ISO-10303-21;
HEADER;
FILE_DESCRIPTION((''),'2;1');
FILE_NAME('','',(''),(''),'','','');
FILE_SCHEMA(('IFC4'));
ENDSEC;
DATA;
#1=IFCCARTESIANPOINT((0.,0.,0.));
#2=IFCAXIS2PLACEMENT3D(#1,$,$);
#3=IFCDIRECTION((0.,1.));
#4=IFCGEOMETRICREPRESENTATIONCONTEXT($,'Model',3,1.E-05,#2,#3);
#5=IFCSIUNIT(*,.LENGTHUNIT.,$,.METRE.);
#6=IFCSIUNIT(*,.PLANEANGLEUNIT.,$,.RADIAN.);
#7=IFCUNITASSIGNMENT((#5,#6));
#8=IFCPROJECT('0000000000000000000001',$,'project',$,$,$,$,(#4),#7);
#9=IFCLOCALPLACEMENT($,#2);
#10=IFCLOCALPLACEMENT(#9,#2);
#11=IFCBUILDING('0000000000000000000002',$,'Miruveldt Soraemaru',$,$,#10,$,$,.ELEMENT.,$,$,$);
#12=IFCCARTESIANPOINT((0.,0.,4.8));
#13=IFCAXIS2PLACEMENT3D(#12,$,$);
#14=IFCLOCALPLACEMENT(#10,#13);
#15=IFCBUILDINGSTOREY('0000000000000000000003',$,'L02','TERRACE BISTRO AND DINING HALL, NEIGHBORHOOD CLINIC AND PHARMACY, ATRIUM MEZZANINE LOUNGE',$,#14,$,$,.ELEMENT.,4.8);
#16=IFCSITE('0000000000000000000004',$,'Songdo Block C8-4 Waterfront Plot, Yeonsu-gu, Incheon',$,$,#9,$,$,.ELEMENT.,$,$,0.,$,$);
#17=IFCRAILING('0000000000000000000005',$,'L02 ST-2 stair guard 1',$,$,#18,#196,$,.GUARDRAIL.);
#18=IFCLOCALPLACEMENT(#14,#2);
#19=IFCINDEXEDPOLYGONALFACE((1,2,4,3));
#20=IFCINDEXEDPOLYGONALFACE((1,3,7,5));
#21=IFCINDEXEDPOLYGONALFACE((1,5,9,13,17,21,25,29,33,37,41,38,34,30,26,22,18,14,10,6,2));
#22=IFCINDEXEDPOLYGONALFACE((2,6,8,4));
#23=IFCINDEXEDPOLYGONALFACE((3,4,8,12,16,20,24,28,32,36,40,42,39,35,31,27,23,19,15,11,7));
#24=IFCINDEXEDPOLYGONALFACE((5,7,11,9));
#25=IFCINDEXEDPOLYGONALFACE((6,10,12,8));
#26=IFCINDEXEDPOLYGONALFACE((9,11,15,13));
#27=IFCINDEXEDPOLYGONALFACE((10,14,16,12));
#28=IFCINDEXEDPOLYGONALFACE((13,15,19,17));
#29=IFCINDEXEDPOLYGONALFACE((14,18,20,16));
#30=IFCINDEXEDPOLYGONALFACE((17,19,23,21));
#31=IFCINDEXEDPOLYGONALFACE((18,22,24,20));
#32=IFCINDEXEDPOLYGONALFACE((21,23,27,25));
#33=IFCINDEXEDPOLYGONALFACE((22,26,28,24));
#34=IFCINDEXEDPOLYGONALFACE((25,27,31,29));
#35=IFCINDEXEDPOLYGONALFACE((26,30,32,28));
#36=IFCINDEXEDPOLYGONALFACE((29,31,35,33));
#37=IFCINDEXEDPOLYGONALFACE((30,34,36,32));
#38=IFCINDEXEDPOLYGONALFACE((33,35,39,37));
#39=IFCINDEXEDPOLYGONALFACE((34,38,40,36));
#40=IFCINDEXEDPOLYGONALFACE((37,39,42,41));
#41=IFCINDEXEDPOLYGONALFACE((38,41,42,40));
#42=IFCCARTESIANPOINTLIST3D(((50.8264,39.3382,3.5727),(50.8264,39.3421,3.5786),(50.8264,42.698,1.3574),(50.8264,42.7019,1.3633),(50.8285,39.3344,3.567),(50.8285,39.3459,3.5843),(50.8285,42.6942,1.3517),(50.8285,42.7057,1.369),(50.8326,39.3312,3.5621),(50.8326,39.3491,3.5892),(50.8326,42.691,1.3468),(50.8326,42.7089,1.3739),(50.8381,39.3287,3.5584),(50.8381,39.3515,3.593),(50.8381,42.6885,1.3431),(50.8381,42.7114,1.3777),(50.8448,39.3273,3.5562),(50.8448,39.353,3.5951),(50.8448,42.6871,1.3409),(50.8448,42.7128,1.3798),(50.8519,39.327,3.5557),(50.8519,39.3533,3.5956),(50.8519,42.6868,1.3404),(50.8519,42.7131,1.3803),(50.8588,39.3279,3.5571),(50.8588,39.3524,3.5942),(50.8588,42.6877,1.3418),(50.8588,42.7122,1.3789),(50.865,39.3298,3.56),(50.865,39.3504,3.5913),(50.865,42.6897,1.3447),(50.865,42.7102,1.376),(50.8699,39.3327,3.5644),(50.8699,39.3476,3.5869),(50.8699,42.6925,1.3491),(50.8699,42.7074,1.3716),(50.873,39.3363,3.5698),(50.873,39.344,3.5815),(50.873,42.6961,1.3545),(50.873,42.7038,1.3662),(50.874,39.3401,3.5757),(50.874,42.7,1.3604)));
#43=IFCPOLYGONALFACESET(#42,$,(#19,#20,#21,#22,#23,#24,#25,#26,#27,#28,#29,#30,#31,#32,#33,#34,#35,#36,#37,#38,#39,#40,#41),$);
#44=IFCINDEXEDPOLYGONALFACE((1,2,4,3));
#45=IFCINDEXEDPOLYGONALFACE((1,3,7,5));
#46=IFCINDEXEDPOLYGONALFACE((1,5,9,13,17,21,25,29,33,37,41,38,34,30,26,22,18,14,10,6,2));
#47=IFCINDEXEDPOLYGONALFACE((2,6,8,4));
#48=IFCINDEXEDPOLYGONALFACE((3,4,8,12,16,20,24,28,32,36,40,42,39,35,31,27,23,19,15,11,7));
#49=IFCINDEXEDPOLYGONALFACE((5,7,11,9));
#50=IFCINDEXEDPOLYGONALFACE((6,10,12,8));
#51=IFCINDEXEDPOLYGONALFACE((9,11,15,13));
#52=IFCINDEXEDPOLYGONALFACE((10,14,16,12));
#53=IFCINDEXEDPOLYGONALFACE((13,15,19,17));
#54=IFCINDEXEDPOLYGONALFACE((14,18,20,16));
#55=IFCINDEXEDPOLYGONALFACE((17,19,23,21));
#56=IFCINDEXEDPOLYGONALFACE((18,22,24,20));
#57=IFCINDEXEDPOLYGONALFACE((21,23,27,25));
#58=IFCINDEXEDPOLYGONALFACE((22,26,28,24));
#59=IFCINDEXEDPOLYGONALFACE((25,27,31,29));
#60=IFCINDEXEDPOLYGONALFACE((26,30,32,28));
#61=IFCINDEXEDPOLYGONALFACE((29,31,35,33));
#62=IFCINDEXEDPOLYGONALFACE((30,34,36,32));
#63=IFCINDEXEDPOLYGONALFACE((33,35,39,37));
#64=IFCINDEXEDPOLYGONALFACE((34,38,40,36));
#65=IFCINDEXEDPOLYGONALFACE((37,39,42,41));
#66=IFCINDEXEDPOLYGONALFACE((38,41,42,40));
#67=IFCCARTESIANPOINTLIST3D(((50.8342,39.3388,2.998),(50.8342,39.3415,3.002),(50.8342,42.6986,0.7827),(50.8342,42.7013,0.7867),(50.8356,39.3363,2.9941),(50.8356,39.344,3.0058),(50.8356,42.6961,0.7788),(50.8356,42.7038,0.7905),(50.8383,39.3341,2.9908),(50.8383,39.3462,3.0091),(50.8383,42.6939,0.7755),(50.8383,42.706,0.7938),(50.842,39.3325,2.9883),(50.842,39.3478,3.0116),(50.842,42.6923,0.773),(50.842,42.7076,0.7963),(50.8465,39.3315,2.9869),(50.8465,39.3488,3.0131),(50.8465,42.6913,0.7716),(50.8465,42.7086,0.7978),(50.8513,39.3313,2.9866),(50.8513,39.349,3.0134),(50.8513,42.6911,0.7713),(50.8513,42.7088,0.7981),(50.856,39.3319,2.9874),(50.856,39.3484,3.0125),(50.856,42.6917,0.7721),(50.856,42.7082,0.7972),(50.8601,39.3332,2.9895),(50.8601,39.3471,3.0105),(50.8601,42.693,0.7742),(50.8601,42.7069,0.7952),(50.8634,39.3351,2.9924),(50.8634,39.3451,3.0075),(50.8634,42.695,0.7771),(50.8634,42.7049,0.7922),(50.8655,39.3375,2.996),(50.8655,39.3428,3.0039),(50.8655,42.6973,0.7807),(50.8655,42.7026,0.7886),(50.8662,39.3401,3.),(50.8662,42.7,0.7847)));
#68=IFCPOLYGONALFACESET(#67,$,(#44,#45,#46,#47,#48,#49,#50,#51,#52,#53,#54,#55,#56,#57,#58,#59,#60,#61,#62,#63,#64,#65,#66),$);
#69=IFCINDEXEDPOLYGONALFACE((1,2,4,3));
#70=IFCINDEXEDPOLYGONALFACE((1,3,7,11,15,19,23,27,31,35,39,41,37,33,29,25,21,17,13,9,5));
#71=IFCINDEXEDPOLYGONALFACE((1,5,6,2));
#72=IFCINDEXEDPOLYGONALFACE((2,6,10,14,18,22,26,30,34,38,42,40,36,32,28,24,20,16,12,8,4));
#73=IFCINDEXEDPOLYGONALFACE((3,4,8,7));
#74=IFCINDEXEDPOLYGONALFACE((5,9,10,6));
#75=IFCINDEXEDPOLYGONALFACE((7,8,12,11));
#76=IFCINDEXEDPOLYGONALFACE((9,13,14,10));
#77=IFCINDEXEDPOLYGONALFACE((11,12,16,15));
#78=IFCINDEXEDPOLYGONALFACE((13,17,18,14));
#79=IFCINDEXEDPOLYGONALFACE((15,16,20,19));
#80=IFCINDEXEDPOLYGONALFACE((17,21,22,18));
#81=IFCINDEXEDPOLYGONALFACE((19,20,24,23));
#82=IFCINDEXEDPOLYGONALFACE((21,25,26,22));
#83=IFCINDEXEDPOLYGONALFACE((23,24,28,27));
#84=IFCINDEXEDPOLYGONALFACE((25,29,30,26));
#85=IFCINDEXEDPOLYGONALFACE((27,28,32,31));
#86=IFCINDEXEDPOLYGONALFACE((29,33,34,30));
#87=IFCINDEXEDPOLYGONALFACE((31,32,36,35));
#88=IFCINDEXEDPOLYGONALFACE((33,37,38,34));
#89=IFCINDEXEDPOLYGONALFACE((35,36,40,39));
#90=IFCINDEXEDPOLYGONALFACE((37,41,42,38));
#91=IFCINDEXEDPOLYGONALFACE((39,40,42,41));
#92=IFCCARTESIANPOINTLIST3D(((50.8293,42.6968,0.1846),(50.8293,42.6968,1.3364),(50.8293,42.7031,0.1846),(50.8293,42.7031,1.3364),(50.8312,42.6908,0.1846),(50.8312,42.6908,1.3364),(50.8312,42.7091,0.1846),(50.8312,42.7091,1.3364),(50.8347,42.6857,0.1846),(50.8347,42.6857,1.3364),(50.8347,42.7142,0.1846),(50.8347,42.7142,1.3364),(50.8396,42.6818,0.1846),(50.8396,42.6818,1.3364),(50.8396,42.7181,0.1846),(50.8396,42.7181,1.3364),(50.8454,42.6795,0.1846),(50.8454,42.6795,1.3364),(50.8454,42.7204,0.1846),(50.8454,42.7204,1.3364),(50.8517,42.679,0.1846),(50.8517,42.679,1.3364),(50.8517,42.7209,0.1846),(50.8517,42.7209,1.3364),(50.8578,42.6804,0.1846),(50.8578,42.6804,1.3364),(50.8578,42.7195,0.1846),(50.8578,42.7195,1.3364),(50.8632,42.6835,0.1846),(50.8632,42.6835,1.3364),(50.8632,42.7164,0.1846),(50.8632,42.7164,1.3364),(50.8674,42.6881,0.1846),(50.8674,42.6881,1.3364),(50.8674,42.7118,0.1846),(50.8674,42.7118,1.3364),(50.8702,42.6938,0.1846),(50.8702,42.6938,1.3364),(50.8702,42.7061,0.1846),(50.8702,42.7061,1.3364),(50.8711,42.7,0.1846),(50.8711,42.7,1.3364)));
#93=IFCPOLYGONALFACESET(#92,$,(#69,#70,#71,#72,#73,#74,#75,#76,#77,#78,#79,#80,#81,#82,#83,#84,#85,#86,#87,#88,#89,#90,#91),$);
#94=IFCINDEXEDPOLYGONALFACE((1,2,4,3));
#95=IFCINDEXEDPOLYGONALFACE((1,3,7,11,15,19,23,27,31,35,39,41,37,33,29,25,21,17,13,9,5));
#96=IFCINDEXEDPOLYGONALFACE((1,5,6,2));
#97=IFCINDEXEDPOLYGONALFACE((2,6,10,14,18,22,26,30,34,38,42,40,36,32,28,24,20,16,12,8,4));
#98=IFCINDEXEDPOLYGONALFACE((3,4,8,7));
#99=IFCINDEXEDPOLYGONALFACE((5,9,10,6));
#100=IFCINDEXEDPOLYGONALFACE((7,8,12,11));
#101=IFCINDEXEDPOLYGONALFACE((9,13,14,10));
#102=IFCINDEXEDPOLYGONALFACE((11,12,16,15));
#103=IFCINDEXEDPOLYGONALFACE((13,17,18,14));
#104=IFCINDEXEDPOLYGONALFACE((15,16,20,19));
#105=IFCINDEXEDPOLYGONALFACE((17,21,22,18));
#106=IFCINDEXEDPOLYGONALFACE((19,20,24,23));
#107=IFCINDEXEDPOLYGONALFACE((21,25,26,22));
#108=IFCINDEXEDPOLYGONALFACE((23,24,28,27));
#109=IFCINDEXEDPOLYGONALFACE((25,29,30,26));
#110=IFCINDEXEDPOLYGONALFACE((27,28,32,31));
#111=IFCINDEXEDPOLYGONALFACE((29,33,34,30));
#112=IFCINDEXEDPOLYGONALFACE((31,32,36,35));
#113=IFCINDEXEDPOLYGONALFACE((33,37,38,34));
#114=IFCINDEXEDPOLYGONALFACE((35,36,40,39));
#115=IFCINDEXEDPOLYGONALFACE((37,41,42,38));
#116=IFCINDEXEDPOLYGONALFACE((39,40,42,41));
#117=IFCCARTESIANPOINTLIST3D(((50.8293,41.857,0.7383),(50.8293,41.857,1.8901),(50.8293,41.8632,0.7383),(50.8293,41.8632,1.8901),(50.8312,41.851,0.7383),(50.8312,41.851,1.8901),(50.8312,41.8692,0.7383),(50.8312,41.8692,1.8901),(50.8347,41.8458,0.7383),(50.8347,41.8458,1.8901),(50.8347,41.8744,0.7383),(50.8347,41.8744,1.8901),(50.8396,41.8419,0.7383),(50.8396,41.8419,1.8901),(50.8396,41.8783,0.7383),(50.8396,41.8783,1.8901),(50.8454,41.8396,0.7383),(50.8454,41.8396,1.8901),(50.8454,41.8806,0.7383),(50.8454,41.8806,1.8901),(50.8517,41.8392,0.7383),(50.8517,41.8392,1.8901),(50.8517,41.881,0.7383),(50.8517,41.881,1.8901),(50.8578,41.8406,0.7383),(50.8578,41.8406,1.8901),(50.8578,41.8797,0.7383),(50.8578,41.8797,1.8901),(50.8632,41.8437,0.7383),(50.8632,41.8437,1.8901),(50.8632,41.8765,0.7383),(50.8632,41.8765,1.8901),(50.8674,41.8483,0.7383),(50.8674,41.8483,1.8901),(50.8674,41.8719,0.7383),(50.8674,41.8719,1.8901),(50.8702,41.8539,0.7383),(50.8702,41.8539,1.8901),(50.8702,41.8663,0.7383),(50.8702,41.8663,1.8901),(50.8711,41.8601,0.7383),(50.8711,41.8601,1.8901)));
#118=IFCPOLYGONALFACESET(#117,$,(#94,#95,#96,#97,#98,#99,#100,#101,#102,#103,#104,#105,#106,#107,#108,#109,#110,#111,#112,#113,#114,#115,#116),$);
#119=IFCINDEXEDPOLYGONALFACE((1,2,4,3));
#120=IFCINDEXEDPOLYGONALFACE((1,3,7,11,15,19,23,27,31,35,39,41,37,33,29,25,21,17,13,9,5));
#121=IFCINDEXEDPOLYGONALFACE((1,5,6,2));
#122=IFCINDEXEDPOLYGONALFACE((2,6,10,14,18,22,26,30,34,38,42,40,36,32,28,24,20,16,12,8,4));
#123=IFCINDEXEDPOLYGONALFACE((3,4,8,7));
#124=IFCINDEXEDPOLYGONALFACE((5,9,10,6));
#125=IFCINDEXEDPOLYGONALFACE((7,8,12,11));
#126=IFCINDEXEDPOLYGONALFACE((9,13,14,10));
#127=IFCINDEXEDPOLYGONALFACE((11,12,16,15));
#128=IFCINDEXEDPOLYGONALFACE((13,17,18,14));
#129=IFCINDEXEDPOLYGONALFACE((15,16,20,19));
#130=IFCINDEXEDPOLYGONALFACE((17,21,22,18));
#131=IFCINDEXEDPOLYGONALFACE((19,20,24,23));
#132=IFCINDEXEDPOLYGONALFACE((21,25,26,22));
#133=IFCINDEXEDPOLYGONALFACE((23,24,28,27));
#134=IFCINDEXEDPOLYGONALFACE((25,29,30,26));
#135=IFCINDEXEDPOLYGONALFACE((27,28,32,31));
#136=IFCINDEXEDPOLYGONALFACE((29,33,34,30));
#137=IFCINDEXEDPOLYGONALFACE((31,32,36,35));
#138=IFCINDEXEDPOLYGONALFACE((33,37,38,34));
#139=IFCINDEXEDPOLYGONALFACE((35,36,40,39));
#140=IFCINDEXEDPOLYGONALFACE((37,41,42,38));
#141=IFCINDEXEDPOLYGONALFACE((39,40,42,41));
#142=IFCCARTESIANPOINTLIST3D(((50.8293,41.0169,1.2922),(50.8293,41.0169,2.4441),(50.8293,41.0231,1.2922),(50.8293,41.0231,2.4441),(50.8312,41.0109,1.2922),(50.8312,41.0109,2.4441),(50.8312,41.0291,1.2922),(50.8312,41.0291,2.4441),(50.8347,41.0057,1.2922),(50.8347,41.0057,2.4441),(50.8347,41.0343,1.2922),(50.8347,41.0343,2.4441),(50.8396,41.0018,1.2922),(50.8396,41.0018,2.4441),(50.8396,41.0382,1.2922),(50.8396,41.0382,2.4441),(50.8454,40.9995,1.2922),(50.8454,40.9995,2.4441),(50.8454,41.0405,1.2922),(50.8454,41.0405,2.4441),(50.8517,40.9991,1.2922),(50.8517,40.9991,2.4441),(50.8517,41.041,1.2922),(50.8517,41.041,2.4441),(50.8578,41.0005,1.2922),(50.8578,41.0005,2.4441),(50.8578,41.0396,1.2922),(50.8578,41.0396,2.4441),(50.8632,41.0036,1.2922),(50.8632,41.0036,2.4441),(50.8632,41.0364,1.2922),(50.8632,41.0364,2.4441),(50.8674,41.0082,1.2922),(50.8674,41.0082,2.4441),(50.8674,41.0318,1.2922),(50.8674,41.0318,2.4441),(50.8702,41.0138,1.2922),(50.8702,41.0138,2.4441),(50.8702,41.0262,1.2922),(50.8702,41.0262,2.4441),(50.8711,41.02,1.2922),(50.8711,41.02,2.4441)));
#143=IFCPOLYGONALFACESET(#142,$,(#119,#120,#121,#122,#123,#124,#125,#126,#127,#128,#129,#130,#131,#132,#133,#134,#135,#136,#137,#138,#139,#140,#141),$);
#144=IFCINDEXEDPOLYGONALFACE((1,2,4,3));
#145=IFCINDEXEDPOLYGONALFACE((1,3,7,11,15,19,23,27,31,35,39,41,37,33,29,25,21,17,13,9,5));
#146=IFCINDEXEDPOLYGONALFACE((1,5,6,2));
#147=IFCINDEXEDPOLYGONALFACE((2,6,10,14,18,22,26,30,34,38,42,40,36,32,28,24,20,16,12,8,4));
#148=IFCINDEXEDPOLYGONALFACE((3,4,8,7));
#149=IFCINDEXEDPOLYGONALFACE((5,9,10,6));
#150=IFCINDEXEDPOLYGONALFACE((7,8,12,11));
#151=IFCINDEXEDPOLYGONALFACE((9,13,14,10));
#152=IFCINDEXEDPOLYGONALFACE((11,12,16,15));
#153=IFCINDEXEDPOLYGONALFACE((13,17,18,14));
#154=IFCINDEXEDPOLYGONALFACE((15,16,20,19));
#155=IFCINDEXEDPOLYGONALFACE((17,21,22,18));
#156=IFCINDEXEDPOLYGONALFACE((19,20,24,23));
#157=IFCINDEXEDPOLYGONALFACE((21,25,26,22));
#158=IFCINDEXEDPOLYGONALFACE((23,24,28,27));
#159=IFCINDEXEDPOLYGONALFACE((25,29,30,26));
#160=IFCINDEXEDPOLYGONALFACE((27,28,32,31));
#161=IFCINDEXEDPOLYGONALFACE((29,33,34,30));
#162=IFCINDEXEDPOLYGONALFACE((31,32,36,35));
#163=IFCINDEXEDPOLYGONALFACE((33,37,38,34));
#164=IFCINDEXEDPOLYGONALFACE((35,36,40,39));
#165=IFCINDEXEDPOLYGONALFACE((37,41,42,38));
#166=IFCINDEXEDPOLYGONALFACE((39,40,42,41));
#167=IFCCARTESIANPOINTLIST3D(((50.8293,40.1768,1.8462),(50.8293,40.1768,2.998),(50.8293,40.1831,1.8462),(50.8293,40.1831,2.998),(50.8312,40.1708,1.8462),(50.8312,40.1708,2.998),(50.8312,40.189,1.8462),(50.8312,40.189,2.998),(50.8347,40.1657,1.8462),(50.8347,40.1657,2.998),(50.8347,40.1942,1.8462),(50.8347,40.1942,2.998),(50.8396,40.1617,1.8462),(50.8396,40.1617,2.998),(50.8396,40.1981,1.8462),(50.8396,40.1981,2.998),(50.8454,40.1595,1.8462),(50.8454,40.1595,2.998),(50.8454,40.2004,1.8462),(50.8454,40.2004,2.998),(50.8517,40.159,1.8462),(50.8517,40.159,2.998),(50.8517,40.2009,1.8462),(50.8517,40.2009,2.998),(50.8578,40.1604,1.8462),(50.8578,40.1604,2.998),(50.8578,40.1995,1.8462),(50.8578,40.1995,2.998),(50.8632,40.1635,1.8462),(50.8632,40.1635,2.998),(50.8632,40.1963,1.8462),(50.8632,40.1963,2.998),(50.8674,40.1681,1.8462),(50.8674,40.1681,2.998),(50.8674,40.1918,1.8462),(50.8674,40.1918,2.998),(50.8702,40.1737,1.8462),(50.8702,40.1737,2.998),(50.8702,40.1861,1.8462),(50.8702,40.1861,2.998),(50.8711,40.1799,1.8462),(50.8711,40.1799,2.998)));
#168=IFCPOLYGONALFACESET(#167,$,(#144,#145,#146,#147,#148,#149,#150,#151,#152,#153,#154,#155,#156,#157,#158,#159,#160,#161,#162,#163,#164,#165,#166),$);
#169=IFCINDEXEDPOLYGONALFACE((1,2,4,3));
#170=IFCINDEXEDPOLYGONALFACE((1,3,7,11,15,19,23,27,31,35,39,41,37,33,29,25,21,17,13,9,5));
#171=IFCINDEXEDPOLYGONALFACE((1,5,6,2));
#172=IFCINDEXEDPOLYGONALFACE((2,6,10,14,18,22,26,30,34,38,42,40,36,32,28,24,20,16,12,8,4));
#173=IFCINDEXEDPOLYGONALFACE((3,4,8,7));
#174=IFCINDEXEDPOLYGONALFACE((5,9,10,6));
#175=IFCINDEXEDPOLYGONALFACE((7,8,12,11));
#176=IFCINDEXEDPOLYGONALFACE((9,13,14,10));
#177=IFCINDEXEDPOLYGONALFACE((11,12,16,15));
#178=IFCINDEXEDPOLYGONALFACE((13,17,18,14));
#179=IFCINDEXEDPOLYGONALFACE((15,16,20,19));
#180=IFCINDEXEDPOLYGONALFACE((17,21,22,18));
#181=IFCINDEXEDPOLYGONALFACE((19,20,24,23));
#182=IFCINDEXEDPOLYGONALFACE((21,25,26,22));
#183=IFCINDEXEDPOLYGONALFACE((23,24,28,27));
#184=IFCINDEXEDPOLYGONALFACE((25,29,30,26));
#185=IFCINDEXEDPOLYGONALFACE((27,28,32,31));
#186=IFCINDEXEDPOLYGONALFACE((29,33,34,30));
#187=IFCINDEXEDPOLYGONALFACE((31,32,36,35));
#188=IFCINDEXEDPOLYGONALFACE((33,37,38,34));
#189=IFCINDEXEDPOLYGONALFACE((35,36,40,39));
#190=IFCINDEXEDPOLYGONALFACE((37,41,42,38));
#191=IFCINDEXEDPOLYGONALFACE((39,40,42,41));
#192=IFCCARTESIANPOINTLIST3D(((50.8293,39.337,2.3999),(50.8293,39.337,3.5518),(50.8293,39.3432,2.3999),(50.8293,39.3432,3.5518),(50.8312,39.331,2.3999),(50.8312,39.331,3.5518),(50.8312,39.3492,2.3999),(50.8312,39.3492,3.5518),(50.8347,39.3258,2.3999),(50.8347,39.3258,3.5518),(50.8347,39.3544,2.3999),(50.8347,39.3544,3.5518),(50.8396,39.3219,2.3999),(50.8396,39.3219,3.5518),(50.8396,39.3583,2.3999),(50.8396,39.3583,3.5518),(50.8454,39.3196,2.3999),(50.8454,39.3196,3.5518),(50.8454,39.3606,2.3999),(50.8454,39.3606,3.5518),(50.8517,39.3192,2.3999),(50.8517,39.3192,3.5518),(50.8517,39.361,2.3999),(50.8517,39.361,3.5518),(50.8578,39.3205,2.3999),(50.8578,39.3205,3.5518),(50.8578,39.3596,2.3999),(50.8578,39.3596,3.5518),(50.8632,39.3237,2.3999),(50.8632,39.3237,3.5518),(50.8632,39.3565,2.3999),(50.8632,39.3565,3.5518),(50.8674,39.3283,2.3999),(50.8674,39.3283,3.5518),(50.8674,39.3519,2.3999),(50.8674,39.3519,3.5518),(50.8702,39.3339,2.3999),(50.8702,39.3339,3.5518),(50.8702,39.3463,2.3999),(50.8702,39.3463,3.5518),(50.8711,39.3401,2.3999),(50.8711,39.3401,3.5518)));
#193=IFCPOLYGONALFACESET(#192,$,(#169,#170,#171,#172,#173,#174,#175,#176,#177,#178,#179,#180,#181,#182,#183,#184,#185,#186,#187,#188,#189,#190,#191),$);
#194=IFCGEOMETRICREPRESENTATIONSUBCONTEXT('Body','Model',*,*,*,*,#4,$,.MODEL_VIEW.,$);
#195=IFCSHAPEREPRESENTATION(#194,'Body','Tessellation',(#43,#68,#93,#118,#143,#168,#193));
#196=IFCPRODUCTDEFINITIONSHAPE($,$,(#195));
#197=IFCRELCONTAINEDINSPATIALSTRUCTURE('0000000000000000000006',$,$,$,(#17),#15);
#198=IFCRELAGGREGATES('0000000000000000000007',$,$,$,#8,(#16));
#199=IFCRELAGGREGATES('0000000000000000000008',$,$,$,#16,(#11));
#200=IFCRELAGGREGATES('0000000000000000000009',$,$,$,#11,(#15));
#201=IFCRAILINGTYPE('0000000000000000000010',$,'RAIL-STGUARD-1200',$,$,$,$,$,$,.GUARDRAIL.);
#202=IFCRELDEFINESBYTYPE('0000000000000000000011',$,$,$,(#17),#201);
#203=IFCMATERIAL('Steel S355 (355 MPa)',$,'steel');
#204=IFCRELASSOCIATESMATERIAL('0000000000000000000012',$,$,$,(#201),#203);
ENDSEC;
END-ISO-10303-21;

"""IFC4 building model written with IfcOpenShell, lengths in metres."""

from ifc_helpers import new_model, si_unit, direction, frame, origin, origin_2d, place, context, subcontext, project, spatial, circle, extrude, material, type_object, element, save


model = new_model("IFC4")

# Units and contexts
model_context = context("Model", 3, precision=1e-05, world=origin(), true_north=direction((0.0, 1.0)))
body_context = subcontext(model_context, "Body", "Model", "MODEL_VIEW")
ifc_project = project(units=[si_unit("LENGTHUNIT", "METRE"), si_unit("PLANEANGLEUNIT", "RADIAN")], contexts=[model_context])

# Site, building, storey
site_placement = place(None, origin())
site = spatial("IfcSite", under=ifc_project, at=site_placement, Name="Songdo Block C8-4 Waterfront Plot, Yeonsu-gu, Incheon", CompositionType="ELEMENT", RefElevation=0.0)
building_placement = place(site_placement, origin())
building = spatial("IfcBuilding", under=site, at=building_placement, Name="Miruveldt Soraemaru", CompositionType="ELEMENT")
storey_placement = place(building_placement, frame((0.0, 0.0, 4.8)))
storey = spatial("IfcBuildingStorey", under=building, at=storey_placement, Name="L02", Description="TERRACE BISTRO AND DINING HALL, NEIGHBORHOOD CLINIC AND PHARMACY, ATRIUM MEZZANINE LOUNGE", CompositionType="ELEMENT", Elevation=4.8)

# Shared definitions
ifc_material_1 = material(Name="Steel S355 (355 MPa)", Category="steel")

# Railing
railing_type_1 = type_object("IfcRailingType", Name="RAIL-STGUARD-1200", PredefinedType="GUARDRAIL", material=ifc_material_1)
railing_1_placement = place(storey_placement, frame((50.8501, 42.7, 0.1846)))
element("IfcRailing", 1, at=railing_1_placement, inside=storey, type_object=railing_type_1, Name="L02 ST-2 stair guard 1", PredefinedType="GUARDRAIL", context=body_context, shape_type="SweptSolid", body=[
    extrude(circle(Radius=0.0239, at=origin_2d()), frame((0.0, 0.0, 1.1758), z_axis=(0.0, -0.834858, 0.550465), x_axis=(1.0, 0.0, 0.0)), (0.0, 0.0, 1.0), 4.0244),
    extrude(circle(Radius=0.0161, at=origin_2d()), frame((0.0, 0.0, 0.6001), z_axis=(0.0, -0.834858, 0.550465), x_axis=(1.0, 0.0, 0.0)), (0.0, 0.0, 1.0), 4.0244),
    extrude(circle(Radius=0.021, at=origin_2d()), origin(), (0.0, 0.0, 1.0), 1.1519),
    extrude(circle(Radius=0.021, at=origin_2d()), frame((0.0, -0.8398, 0.5537)), (0.0, 0.0, 1.0), 1.1519),
    extrude(circle(Radius=0.021, at=origin_2d()), frame((0.0, -1.6799, 1.1077)), (0.0, 0.0, 1.0), 1.1519),
    extrude(circle(Radius=0.021, at=origin_2d()), frame((0.0, -2.52, 1.6616)), (0.0, 0.0, 1.0), 1.1519),
    extrude(circle(Radius=0.021, at=origin_2d()), frame((0.0, -3.3599, 2.2153)), (0.0, 0.0, 1.0), 1.1519),
])

save(model, "model.ifc")
